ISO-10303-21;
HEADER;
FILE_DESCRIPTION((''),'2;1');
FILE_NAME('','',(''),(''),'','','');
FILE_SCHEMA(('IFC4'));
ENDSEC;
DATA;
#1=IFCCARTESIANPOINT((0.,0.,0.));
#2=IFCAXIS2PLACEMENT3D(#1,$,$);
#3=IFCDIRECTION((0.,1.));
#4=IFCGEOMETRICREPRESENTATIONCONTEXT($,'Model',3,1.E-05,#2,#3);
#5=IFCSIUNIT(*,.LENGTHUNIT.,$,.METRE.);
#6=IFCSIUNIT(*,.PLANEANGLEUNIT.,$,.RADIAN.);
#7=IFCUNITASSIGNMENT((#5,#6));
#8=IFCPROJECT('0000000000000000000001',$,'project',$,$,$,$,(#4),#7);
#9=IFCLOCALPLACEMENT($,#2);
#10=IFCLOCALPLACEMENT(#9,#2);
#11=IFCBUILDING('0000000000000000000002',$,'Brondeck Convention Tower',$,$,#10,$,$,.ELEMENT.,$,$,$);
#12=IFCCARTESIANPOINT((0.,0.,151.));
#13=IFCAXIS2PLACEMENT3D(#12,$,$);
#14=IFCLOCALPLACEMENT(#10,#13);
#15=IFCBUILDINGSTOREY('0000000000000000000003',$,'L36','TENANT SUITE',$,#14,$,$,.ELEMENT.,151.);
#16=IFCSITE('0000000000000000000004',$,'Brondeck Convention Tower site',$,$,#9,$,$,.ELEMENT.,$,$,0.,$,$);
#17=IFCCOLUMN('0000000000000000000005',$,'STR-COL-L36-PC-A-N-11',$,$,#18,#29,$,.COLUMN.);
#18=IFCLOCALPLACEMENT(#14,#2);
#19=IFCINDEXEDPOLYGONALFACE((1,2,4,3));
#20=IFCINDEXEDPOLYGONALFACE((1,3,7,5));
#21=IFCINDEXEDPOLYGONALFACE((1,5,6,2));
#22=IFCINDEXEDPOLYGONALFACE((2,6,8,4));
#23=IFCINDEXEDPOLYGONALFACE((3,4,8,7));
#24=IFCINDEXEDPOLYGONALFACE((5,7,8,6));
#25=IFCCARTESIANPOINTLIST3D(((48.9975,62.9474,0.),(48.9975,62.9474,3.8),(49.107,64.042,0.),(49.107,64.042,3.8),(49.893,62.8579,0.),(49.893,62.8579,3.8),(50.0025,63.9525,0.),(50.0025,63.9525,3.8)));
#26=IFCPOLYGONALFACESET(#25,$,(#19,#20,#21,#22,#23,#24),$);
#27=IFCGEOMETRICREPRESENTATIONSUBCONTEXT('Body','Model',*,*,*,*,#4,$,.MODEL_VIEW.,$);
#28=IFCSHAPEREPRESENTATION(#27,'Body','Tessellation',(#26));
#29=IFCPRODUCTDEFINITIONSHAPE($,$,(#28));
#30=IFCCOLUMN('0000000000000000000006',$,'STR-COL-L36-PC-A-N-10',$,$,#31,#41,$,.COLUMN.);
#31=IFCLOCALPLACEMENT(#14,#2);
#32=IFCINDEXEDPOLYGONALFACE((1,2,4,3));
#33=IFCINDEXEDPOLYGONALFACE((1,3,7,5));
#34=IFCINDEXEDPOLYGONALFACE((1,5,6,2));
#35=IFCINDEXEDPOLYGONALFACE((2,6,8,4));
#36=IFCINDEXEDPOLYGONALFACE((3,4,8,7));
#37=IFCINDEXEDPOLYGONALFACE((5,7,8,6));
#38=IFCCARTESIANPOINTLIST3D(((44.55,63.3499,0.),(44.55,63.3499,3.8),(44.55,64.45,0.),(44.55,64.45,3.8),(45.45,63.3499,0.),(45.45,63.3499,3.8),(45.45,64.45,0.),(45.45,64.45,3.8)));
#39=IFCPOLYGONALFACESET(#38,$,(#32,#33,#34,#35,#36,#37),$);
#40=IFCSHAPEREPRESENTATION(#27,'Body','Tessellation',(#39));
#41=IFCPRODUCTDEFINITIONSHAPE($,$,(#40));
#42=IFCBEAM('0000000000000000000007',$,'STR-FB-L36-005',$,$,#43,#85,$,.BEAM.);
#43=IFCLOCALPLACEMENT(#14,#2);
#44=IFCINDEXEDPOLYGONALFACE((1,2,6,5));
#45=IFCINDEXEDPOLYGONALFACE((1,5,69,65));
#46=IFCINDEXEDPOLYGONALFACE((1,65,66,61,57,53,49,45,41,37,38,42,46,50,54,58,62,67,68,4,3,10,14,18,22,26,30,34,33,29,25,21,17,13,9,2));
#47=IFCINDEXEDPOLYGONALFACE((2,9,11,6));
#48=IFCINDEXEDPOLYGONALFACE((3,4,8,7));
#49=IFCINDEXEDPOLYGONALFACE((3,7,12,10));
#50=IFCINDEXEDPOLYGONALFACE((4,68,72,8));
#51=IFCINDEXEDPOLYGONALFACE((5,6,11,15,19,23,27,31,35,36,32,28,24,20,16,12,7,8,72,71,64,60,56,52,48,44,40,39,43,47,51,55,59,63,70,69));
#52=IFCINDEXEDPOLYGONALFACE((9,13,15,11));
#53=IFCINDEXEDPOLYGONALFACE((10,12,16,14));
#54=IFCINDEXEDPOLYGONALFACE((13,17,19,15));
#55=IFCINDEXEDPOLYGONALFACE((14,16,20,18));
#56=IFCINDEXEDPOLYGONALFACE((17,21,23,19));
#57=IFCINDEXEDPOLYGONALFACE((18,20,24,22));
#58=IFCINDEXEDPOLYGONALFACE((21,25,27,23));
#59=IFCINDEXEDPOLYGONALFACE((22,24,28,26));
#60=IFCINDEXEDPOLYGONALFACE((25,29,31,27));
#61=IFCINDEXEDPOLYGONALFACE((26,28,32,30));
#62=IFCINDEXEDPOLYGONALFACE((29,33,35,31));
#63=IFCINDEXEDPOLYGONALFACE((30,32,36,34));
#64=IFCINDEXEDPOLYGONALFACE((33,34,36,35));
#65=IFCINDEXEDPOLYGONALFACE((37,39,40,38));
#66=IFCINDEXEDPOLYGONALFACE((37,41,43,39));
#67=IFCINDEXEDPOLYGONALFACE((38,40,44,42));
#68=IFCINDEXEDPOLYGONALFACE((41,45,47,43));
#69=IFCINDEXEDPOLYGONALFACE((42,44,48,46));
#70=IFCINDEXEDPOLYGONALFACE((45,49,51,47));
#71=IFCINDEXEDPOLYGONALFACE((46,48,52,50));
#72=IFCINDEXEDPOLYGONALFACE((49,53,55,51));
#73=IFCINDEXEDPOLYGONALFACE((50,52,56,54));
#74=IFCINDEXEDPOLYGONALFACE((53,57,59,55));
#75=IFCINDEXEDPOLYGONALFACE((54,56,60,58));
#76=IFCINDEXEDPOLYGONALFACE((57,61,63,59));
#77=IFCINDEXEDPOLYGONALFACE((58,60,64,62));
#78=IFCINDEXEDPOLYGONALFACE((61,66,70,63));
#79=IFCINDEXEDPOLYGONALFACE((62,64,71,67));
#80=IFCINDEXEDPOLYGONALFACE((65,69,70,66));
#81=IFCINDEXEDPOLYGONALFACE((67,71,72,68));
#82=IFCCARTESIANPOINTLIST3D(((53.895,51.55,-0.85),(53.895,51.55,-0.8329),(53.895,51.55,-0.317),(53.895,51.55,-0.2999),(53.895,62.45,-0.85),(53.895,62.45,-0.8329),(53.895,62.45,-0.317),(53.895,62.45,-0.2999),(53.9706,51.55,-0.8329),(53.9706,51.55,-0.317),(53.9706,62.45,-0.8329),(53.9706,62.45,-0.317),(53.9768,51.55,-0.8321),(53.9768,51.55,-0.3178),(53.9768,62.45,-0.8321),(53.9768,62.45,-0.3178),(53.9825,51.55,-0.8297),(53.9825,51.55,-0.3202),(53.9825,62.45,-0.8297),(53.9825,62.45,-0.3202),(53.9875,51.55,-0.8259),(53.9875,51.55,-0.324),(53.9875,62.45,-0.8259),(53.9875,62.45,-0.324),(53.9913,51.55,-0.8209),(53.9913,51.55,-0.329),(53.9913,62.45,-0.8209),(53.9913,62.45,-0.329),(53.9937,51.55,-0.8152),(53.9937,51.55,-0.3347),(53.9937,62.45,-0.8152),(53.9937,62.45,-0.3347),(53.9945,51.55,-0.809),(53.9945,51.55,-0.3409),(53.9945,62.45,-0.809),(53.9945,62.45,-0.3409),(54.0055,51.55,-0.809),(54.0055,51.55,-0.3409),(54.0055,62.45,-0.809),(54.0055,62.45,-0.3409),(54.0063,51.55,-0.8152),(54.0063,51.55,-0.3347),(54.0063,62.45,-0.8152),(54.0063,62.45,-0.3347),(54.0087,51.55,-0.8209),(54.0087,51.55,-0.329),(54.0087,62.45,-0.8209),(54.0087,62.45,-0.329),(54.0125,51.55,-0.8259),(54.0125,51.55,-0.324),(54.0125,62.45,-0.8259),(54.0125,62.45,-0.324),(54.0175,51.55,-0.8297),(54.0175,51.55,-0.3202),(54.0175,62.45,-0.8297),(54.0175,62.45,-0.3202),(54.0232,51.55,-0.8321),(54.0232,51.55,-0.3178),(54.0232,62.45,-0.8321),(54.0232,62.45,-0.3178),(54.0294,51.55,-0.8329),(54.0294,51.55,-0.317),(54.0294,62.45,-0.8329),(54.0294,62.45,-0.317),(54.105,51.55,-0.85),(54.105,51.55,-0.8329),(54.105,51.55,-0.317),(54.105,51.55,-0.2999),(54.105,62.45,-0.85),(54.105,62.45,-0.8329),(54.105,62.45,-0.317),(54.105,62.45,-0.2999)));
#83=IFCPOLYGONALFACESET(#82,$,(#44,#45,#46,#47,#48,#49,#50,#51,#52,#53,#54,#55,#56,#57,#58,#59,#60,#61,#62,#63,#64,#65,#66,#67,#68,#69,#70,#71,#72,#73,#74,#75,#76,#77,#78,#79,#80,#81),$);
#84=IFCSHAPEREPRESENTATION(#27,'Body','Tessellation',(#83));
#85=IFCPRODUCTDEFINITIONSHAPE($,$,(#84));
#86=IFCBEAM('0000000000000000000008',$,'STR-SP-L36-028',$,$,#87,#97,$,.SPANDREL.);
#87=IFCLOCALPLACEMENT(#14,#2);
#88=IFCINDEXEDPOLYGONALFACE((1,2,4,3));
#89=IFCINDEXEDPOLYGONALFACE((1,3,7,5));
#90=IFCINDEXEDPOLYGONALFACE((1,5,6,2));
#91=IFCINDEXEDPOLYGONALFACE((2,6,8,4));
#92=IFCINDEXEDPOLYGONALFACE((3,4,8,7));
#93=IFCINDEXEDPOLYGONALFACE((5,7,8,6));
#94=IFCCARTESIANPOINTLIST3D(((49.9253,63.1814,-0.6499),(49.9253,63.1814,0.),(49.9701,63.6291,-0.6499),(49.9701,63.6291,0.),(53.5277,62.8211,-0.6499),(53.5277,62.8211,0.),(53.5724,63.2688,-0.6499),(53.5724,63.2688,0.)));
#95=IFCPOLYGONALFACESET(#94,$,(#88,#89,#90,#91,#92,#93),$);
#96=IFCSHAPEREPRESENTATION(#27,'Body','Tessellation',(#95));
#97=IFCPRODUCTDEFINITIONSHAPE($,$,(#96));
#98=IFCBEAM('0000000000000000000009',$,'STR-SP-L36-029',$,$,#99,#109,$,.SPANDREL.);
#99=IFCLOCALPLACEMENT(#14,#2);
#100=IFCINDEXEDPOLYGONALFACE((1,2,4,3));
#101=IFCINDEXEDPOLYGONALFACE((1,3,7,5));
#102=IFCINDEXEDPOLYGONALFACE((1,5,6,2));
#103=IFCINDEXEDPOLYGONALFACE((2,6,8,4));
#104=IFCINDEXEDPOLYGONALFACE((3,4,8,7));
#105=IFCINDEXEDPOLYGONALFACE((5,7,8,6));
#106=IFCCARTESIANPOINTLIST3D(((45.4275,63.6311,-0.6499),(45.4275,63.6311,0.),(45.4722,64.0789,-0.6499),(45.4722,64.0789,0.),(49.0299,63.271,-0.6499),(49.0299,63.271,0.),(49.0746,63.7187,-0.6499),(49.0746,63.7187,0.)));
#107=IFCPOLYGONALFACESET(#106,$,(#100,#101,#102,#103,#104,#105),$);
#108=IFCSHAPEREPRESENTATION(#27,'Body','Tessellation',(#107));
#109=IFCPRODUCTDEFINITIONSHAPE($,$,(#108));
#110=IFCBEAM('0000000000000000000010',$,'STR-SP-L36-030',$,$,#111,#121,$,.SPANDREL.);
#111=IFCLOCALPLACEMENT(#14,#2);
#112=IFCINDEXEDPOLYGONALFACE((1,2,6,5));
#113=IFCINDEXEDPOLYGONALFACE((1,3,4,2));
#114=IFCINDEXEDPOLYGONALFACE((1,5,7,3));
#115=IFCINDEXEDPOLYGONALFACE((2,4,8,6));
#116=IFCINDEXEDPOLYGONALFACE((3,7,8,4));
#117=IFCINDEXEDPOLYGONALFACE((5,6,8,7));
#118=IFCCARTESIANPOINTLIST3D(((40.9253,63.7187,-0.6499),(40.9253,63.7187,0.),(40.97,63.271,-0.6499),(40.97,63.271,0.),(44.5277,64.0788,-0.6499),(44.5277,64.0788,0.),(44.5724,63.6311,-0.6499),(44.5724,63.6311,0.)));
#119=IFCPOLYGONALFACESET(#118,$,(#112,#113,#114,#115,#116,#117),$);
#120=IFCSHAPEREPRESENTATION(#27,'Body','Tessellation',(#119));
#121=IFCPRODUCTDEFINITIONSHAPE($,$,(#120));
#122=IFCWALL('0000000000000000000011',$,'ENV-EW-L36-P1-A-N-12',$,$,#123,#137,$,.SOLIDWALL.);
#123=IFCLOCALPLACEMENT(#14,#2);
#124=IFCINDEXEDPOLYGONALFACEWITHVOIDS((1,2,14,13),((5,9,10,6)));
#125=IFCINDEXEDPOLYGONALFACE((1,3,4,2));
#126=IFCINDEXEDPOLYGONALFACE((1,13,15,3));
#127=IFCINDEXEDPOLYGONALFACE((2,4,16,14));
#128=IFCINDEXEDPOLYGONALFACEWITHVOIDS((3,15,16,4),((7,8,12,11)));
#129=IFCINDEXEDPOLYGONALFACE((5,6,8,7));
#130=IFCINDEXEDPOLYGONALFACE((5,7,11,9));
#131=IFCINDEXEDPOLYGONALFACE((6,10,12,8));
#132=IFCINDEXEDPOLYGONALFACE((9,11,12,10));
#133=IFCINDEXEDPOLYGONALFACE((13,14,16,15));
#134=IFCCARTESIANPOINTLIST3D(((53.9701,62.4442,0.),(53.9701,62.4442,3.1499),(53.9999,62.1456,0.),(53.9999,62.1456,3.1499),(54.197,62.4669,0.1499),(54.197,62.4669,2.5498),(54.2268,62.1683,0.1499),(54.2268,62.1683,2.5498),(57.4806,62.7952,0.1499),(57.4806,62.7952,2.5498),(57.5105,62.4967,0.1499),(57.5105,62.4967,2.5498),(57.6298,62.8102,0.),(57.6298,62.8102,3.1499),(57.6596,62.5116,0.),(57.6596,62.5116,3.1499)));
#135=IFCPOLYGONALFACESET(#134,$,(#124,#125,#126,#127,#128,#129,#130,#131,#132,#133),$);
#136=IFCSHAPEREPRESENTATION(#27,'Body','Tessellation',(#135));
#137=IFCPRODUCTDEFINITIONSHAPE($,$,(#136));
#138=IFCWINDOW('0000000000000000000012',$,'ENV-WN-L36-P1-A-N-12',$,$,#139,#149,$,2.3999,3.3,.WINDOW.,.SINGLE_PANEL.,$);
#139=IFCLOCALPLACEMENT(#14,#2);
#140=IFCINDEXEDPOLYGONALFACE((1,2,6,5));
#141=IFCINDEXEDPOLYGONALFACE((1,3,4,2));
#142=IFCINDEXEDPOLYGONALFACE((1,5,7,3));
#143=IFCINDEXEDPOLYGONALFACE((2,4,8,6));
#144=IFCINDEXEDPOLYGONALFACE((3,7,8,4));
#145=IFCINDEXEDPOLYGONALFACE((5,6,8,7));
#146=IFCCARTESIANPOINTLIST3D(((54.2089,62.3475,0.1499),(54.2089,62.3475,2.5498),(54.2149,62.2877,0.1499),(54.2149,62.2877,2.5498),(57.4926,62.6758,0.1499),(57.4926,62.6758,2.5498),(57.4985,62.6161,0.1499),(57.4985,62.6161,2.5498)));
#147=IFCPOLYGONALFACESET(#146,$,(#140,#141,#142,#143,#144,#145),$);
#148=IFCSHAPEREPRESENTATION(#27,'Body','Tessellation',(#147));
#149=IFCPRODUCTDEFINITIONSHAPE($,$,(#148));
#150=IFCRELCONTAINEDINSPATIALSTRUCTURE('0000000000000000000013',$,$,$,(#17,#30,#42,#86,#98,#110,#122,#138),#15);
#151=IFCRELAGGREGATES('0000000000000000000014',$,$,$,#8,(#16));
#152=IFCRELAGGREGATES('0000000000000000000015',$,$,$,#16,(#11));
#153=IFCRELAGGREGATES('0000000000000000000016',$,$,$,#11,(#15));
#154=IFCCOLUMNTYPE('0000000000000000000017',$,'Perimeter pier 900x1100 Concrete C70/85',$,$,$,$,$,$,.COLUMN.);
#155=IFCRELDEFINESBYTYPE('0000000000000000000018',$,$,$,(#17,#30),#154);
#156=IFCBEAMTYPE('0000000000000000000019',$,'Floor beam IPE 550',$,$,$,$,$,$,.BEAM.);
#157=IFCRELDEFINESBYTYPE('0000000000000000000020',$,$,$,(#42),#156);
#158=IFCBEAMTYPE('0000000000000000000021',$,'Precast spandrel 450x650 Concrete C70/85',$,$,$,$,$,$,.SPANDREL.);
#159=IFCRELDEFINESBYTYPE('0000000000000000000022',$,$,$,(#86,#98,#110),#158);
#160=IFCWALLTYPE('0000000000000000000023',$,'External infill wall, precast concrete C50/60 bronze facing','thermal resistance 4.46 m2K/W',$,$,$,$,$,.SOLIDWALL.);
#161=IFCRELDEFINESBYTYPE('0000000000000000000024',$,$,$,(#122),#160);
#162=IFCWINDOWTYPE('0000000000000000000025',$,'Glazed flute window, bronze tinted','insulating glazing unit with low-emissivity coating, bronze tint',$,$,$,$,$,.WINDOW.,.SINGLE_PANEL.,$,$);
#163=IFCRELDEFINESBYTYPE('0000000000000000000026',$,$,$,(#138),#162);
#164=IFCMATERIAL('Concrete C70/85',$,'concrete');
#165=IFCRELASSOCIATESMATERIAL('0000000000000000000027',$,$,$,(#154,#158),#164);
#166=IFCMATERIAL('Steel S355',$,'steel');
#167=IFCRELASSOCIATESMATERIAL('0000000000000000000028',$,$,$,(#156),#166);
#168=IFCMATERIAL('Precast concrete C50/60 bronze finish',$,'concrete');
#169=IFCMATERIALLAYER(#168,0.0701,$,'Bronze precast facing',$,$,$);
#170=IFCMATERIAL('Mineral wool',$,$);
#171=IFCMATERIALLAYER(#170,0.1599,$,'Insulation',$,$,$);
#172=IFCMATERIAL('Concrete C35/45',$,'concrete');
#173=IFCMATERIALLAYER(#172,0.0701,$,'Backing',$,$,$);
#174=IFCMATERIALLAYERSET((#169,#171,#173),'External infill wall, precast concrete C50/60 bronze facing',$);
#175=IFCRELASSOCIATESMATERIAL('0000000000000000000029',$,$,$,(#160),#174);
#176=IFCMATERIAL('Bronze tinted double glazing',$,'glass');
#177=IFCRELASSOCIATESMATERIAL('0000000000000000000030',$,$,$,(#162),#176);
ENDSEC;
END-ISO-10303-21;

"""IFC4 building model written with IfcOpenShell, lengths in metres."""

from ifc_helpers import new_model, si_unit, direction, frame, frame_2d, origin, origin_2d, place, context, subcontext, project, spatial, rectangle, i_section, extrude, material, layer, layer_set, material_profile, profile_set, type_object, element, fill, save


model = new_model("IFC4")

# Units and contexts
model_context = context("Model", 3, precision=1e-05, world=origin(), true_north=direction((0.0, 1.0)))
body_context = subcontext(model_context, "Body", "Model", "MODEL_VIEW")
ifc_project = project(units=[si_unit("LENGTHUNIT", "METRE"), si_unit("PLANEANGLEUNIT", "RADIAN")], contexts=[model_context])

# Site, building, storey
site_placement = place(None, origin())
site = spatial("IfcSite", under=ifc_project, at=site_placement, Name="Brondeck Convention Tower site", CompositionType="ELEMENT", RefElevation=0.0)
building_placement = place(site_placement, origin())
building = spatial("IfcBuilding", under=site, at=building_placement, Name="Brondeck Convention Tower", CompositionType="ELEMENT")
storey_placement = place(building_placement, frame((0.0, 0.0, 151.0)))
storey = spatial("IfcBuildingStorey", under=building, at=storey_placement, Name="L36", Description="TENANT SUITE", CompositionType="ELEMENT", Elevation=151.0)

# Columns
ifc_material_1 = material(Name="Concrete C70/85", Category="concrete")
ifc_material_profile_1 = material_profile(ifc_material_1, rectangle(XDim=0.8999, YDim=1.1001, at=origin_2d()), Name="Perimeter pier 900x1100 Concrete C70/85")
ifc_profile_set_1 = profile_set([ifc_material_profile_1], Name="Concrete C70/85")
column_type = type_object("IfcColumnType", Name="Perimeter pier 900x1100 Concrete C70/85", PredefinedType="COLUMN", material=ifc_profile_set_1)
for number, where, z_axis, x_axis, name in (
    (1, (49.5, 63.45, 0.0), (0.0, 0.0, 1.0), (-0.995037, 0.099504, 0.0), "STR-COL-L36-PC-A-N-11"),
    (2, (45.0, 63.8999, 0.0), (0.0, 0.0, 1.0), (-1.0, 0.0, 0.0), "STR-COL-L36-PC-A-N-10"),
):
    element("IfcColumn", number, at=place(storey_placement, frame(where, z_axis=z_axis, x_axis=x_axis)), inside=storey, type_object=column_type, Name=name, PredefinedType="COLUMN", context=body_context, shape_type="SweptSolid", body=[
        extrude(rectangle(XDim=0.8999, YDim=1.1001, at=origin_2d()), origin(), (0.0, 0.0, 1.0), 3.8),
    ])

# Beams
ifc_material_2 = material(Name="Steel S355", Category="steel")
ifc_material_profile_2 = material_profile(ifc_material_2, i_section(OverallWidth=0.21, OverallDepth=0.55, WebThickness=0.011, FlangeThickness=0.0171, FilletRadius=0.0239, at=origin_2d()), Name="IPE 550")
ifc_profile_set_2 = profile_set([ifc_material_profile_2], Name="Steel S355")
beam_type_1 = type_object("IfcBeamType", Name="Floor beam IPE 550", PredefinedType="BEAM", material=ifc_profile_set_2)
beam_placement = place(storey_placement, frame((54.0, 51.55, -0.575), z_axis=(0.0, 1.0, 0.0), x_axis=(-1.0, 0.0, 0.0)))
element("IfcBeam", 3, at=beam_placement, inside=storey, type_object=beam_type_1, Name="STR-FB-L36-005", PredefinedType="BEAM", context=body_context, shape_type="SweptSolid", body=[
    extrude(i_section(OverallWidth=0.21, OverallDepth=0.55, WebThickness=0.011, FlangeThickness=0.0171, FilletRadius=0.0239, at=origin_2d()), origin(), (0.0, 0.0, 1.0), 10.8999),
])
ifc_material_profile_3 = material_profile(ifc_material_1, rectangle(XDim=0.45, YDim=0.6499, at=origin_2d()), Name="Precast spandrel 450x650 Concrete C70/85")
ifc_profile_set_3 = profile_set([ifc_material_profile_3], Name="Concrete C70/85")
beam_type_2 = type_object("IfcBeamType", Name="Precast spandrel 450x650 Concrete C70/85", PredefinedType="SPANDREL", material=ifc_profile_set_3)
for number, where, z_axis, x_axis, name in (
    (4, (53.55, 63.0449, -0.325), (-0.995034, 0.099537, 0.0), (-0.099537, -0.995034, 0.0), "STR-SP-L36-028"),
    (5, (49.0522, 63.4949, -0.325), (-0.995041, 0.09947, 0.0), (-0.09947, -0.995041, 0.0), "STR-SP-L36-029"),
    (6, (44.55, 63.855, -0.325), (-0.995041, -0.09947, 0.0), (0.09947, -0.995041, 0.0), "STR-SP-L36-030"),
):
    element("IfcBeam", number, at=place(storey_placement, frame(where, z_axis=z_axis, x_axis=x_axis)), inside=storey, type_object=beam_type_2, Name=name, PredefinedType="SPANDREL", context=body_context, shape_type="SweptSolid", body=[
        extrude(rectangle(XDim=0.45, YDim=0.6499, at=origin_2d()), origin(), (0.0, 0.0, 1.0), 3.6204),
    ])

# Wall, opening, window
ifc_material_3 = material(Name="Precast concrete C50/60 bronze finish", Category="concrete")
ifc_layer_1 = layer(ifc_material_3, 0.0701, Name="Bronze precast facing")
ifc_material_4 = material(Name="Mineral wool")
ifc_layer_2 = layer(ifc_material_4, 0.1599, Name="Insulation")
ifc_material_5 = material(Name="Concrete C35/45", Category="concrete")
ifc_layer_3 = layer(ifc_material_5, 0.0701, Name="Backing")
ifc_layer_set_1 = layer_set([ifc_layer_1, ifc_layer_2, ifc_layer_3], Name="External infill wall, precast concrete C50/60 bronze facing")
wall_type_1 = type_object("IfcWallType", Name="External infill wall, precast concrete C50/60 bronze facing", Description="thermal resistance 4.46 m2K/W", PredefinedType="SOLIDWALL", material=ifc_layer_set_1)
wall_1_placement = place(storey_placement, frame((53.9851, 62.2949, 0.0), z_axis=(0.0, 0.0, 1.0), x_axis=(0.995037, 0.099504, 0.0)))
wall_1 = element("IfcWall", 7, at=wall_1_placement, inside=storey, type_object=wall_type_1, Name="ENV-EW-L36-P1-A-N-12", PredefinedType="SOLIDWALL", context=body_context, shape_type="SweptSolid", body=[
    extrude(rectangle(XDim=3.678, YDim=0.3, at=frame_2d((1.8389, 0.0))), origin(), (0.0, 0.0, 1.0), 3.1499),
])
opening_1_placement = place(wall_1_placement, frame((0.228, 0.0, 0.1499)))
opening_1 = element("IfcOpeningElement", 8, at=opening_1_placement, cuts=wall_1, PredefinedType="OPENING", context=body_context, shape_type="SweptSolid", body=[
    extrude(rectangle(XDim=3.3, YDim=2.3999, at=frame_2d((1.6499, 1.2))), frame((0.0, 0.1599, 0.0), z_axis=(0.0, -1.0, 0.0), x_axis=(1.0, 0.0, 0.0)), (0.0, 0.0, 1.0), 0.3201),
])
ifc_material_6 = material(Name="Bronze tinted double glazing", Category="glass")
window_type_1 = type_object("IfcWindowType", Name="Glazed flute window, bronze tinted", Description="insulating glazing unit with low-emissivity coating, bronze tint", PartitioningType="SINGLE_PANEL", PredefinedType="WINDOW", material=ifc_material_6)
window_1_placement = place(opening_1_placement, origin())
window_1 = element("IfcWindow", 9, at=window_1_placement, inside=storey, type_object=window_type_1, Name="ENV-WN-L36-P1-A-N-12", OverallHeight=2.3999, OverallWidth=3.3, PartitioningType="SINGLE_PANEL", PredefinedType="WINDOW", context=body_context, shape_type="SweptSolid", body=[
    extrude(rectangle(XDim=3.3, YDim=2.3999, at=frame_2d((1.6499, 1.2))), frame((0.0, 0.03, 0.0), z_axis=(0.0, -1.0, 0.0), x_axis=(1.0, 0.0, 0.0)), (0.0, 0.0, 1.0), 0.0601),
])
fill(opening_1, window_1)

save(model, "model.ifc")
